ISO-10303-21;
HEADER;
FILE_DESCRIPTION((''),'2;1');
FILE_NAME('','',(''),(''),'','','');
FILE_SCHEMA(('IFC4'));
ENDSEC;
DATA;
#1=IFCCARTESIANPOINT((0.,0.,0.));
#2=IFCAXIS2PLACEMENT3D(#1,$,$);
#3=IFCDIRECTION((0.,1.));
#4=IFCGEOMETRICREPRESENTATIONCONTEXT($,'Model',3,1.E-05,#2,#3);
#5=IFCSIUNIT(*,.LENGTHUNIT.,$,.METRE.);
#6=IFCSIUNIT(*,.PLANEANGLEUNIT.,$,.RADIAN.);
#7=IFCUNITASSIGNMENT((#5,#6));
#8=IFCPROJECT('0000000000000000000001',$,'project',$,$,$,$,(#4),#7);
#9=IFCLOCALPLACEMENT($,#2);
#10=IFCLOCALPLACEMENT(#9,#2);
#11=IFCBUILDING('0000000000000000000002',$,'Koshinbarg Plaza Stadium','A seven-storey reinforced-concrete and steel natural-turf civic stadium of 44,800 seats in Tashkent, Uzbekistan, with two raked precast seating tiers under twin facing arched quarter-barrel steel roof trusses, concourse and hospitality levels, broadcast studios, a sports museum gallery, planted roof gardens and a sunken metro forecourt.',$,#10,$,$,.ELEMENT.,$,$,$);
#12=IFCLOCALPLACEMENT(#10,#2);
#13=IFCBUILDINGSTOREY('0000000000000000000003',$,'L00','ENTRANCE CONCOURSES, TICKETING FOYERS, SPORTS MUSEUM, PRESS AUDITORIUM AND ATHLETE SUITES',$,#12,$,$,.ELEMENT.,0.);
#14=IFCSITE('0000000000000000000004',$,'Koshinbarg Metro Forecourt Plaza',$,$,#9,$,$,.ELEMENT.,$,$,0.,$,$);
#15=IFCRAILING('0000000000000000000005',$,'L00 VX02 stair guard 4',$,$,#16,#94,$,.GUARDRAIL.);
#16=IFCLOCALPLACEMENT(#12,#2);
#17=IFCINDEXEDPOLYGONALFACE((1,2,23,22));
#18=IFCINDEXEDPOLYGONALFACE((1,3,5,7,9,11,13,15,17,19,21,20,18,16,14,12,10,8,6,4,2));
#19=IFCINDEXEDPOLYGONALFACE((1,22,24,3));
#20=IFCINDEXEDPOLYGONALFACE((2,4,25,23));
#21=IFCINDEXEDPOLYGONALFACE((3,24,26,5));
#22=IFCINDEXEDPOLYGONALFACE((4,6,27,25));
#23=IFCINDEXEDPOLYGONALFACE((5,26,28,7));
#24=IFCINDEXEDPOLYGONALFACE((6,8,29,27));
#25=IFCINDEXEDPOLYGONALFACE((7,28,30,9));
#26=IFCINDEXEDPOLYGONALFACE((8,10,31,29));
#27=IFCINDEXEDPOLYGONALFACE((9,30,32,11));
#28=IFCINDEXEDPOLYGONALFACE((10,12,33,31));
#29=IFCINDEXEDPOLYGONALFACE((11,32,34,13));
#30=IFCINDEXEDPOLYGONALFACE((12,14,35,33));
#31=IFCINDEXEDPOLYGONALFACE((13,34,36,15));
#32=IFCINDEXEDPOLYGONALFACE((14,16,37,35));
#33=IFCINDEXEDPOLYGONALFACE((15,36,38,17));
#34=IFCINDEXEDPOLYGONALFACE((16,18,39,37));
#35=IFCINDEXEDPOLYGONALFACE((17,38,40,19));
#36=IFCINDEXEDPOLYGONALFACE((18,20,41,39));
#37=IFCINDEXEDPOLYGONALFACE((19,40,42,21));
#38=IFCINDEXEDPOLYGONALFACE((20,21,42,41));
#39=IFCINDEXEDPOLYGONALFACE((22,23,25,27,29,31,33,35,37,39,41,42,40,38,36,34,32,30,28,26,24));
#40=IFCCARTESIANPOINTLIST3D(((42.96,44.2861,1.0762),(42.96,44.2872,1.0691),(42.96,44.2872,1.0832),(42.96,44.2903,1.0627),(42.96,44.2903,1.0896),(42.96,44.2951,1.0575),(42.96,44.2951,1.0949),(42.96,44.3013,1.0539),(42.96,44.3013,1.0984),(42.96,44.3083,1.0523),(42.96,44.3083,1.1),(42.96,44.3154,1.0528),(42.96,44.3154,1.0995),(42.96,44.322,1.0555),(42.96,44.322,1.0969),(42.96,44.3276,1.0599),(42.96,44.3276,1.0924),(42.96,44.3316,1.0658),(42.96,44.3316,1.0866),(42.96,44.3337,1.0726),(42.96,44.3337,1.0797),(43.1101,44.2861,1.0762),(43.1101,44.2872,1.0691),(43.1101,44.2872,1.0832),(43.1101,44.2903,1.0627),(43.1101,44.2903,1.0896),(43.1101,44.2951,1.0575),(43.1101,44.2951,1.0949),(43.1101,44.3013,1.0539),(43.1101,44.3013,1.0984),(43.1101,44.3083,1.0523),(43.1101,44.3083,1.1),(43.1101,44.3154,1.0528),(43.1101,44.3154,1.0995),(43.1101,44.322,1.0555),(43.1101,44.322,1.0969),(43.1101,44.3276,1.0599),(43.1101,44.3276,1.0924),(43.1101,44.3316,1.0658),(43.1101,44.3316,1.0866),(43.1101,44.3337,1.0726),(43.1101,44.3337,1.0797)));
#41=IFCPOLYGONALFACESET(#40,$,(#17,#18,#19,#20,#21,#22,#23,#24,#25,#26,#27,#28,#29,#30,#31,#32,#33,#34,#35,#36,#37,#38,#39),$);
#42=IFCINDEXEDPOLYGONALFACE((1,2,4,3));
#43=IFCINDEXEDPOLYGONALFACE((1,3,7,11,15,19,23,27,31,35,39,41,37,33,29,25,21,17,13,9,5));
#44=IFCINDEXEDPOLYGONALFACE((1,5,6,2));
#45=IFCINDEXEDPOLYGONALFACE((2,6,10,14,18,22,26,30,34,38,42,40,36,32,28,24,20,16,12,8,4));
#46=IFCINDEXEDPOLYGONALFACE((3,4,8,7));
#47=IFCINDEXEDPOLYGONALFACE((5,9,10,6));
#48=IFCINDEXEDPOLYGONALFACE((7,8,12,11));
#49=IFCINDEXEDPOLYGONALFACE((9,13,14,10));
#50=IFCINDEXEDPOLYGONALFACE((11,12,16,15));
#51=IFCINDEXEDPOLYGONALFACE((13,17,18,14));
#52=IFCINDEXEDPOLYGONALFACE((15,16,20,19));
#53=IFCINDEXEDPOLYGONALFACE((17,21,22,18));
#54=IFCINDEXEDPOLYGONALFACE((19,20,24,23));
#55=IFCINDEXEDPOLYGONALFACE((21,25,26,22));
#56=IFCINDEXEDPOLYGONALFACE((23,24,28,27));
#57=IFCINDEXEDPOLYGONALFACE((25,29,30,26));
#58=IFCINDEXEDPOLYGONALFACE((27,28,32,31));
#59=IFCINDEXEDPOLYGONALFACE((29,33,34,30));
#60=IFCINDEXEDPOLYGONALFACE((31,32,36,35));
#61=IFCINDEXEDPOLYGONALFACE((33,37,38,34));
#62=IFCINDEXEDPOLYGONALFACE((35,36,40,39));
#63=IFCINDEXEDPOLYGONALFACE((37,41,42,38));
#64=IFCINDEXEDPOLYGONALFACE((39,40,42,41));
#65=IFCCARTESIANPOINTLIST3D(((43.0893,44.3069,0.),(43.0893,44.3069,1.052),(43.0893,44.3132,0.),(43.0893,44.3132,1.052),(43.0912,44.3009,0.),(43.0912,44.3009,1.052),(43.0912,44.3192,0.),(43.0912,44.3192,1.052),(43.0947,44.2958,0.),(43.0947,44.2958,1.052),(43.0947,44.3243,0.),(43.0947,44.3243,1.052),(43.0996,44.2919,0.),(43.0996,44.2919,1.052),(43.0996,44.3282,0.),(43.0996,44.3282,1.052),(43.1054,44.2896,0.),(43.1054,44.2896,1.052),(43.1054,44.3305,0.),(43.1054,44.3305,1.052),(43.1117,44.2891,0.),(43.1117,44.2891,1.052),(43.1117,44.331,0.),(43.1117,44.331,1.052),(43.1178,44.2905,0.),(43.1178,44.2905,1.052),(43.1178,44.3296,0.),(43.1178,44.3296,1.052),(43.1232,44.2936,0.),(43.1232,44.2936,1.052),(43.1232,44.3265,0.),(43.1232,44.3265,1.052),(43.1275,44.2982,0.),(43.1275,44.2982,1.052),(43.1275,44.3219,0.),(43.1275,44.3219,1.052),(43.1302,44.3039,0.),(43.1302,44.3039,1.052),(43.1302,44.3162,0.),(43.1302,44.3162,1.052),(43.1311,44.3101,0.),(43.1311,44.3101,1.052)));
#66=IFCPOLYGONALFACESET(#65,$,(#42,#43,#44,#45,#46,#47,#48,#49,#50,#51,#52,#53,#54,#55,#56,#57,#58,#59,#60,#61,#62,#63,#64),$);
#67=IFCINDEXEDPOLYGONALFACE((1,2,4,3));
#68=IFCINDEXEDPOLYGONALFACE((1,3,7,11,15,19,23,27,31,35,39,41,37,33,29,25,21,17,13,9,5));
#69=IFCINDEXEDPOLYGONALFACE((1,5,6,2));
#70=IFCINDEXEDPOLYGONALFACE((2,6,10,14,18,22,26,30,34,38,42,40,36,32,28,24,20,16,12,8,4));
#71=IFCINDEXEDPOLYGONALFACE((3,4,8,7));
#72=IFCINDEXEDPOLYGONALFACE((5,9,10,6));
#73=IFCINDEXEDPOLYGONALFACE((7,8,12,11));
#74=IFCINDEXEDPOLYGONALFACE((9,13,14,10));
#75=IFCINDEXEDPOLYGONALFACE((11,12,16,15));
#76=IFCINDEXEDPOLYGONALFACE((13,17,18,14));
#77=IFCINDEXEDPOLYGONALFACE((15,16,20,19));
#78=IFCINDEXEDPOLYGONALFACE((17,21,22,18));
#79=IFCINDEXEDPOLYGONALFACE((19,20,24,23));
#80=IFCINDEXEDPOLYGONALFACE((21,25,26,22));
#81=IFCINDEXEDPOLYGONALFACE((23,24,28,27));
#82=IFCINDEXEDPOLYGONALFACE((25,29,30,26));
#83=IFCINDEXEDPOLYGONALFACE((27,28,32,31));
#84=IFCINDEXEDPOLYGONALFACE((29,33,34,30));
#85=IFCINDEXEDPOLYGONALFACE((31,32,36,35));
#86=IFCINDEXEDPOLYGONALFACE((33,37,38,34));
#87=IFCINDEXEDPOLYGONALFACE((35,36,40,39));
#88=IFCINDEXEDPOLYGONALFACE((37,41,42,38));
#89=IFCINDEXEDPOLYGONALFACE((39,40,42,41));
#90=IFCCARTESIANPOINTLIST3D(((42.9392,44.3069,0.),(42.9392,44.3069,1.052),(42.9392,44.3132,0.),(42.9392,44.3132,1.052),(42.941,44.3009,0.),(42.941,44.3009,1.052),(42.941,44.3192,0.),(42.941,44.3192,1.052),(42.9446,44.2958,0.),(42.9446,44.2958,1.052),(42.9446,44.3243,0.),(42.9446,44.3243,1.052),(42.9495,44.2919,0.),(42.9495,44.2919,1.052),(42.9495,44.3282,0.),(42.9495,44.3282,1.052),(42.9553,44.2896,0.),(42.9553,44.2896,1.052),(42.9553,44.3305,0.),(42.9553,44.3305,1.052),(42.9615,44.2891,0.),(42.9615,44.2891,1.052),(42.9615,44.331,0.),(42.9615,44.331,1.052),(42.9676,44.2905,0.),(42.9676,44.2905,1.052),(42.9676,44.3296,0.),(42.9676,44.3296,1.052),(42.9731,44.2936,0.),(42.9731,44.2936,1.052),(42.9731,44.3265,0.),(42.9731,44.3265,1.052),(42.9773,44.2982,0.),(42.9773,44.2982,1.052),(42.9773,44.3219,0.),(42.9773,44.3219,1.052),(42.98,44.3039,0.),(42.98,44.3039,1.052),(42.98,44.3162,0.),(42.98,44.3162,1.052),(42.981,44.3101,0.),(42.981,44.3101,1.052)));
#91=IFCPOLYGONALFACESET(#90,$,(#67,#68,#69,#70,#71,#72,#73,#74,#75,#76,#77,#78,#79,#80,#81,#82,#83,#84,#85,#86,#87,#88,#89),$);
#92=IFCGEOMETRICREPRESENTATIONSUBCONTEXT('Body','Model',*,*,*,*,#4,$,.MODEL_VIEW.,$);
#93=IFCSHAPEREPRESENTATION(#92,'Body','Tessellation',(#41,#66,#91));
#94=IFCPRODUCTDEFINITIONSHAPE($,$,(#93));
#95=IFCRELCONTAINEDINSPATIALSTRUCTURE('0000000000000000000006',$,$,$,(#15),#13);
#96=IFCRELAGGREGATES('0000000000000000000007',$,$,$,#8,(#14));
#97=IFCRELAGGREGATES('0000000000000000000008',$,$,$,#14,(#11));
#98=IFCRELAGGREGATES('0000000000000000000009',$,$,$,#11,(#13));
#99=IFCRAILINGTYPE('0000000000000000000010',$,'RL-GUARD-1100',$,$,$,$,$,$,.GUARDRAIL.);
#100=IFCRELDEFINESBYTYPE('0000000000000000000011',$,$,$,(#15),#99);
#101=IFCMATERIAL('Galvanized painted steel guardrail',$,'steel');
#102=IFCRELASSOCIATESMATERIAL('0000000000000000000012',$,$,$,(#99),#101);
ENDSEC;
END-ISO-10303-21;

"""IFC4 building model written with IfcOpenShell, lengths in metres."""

from ifc_helpers import new_model, si_unit, direction, frame, origin, origin_2d, place, context, subcontext, project, spatial, circle, extrude, material, type_object, element, save


model = new_model("IFC4")

# Units and contexts
model_context = context("Model", 3, precision=1e-05, world=origin(), true_north=direction((0.0, 1.0)))
body_context = subcontext(model_context, "Body", "Model", "MODEL_VIEW")
ifc_project = project(units=[si_unit("LENGTHUNIT", "METRE"), si_unit("PLANEANGLEUNIT", "RADIAN")], contexts=[model_context])

# Site, building, storey
site_placement = place(None, origin())
site = spatial("IfcSite", under=ifc_project, at=site_placement, Name="Koshinbarg Metro Forecourt Plaza", CompositionType="ELEMENT", RefElevation=0.0)
building_placement = place(site_placement, origin())
building = spatial("IfcBuilding", under=site, at=building_placement, Name="Koshinbarg Plaza Stadium", Description="A seven-storey reinforced-concrete and steel natural-turf civic stadium of 44,800 seats in Tashkent, Uzbekistan, with two raked precast seating tiers under twin facing arched quarter-barrel steel roof trusses, concourse and hospitality levels, broadcast studios, a sports museum gallery, planted roof gardens and a sunken metro forecourt.", CompositionType="ELEMENT")
storey_placement = place(building_placement, origin())
storey = spatial("IfcBuildingStorey", under=building, at=storey_placement, Name="L00", Description="ENTRANCE CONCOURSES, TICKETING FOYERS, SPORTS MUSEUM, PRESS AUDITORIUM AND ATHLETE SUITES", CompositionType="ELEMENT", Elevation=0.0)

# Railing
ifc_material_1 = material(Name="Galvanized painted steel guardrail", Category="steel")
railing_type_1 = type_object("IfcRailingType", Name="RL-GUARD-1100", PredefinedType="GUARDRAIL", material=ifc_material_1)
railing_1_placement = place(storey_placement, frame((43.1101, 44.3101, 0.0)))
element("IfcRailing", 1, at=railing_1_placement, inside=storey, type_object=railing_type_1, Name="L00 VX02 stair guard 4", PredefinedType="GUARDRAIL", context=body_context, shape_type="SweptSolid", body=[
    extrude(circle(Radius=0.0239, at=origin_2d()), frame((0.0, 0.0, 1.0762), z_axis=(-1.0, 0.0, 0.0), x_axis=(0.0, -1.0, 0.0)), (0.0, 0.0, 1.0), 0.1501),
    extrude(circle(Radius=0.021, at=origin_2d()), origin(), (0.0, 0.0, 1.0), 1.052),
    extrude(circle(Radius=0.021, at=origin_2d()), frame((-0.1501, 0.0, 0.0)), (0.0, 0.0, 1.0), 1.052),
])

save(model, "model.ifc")
